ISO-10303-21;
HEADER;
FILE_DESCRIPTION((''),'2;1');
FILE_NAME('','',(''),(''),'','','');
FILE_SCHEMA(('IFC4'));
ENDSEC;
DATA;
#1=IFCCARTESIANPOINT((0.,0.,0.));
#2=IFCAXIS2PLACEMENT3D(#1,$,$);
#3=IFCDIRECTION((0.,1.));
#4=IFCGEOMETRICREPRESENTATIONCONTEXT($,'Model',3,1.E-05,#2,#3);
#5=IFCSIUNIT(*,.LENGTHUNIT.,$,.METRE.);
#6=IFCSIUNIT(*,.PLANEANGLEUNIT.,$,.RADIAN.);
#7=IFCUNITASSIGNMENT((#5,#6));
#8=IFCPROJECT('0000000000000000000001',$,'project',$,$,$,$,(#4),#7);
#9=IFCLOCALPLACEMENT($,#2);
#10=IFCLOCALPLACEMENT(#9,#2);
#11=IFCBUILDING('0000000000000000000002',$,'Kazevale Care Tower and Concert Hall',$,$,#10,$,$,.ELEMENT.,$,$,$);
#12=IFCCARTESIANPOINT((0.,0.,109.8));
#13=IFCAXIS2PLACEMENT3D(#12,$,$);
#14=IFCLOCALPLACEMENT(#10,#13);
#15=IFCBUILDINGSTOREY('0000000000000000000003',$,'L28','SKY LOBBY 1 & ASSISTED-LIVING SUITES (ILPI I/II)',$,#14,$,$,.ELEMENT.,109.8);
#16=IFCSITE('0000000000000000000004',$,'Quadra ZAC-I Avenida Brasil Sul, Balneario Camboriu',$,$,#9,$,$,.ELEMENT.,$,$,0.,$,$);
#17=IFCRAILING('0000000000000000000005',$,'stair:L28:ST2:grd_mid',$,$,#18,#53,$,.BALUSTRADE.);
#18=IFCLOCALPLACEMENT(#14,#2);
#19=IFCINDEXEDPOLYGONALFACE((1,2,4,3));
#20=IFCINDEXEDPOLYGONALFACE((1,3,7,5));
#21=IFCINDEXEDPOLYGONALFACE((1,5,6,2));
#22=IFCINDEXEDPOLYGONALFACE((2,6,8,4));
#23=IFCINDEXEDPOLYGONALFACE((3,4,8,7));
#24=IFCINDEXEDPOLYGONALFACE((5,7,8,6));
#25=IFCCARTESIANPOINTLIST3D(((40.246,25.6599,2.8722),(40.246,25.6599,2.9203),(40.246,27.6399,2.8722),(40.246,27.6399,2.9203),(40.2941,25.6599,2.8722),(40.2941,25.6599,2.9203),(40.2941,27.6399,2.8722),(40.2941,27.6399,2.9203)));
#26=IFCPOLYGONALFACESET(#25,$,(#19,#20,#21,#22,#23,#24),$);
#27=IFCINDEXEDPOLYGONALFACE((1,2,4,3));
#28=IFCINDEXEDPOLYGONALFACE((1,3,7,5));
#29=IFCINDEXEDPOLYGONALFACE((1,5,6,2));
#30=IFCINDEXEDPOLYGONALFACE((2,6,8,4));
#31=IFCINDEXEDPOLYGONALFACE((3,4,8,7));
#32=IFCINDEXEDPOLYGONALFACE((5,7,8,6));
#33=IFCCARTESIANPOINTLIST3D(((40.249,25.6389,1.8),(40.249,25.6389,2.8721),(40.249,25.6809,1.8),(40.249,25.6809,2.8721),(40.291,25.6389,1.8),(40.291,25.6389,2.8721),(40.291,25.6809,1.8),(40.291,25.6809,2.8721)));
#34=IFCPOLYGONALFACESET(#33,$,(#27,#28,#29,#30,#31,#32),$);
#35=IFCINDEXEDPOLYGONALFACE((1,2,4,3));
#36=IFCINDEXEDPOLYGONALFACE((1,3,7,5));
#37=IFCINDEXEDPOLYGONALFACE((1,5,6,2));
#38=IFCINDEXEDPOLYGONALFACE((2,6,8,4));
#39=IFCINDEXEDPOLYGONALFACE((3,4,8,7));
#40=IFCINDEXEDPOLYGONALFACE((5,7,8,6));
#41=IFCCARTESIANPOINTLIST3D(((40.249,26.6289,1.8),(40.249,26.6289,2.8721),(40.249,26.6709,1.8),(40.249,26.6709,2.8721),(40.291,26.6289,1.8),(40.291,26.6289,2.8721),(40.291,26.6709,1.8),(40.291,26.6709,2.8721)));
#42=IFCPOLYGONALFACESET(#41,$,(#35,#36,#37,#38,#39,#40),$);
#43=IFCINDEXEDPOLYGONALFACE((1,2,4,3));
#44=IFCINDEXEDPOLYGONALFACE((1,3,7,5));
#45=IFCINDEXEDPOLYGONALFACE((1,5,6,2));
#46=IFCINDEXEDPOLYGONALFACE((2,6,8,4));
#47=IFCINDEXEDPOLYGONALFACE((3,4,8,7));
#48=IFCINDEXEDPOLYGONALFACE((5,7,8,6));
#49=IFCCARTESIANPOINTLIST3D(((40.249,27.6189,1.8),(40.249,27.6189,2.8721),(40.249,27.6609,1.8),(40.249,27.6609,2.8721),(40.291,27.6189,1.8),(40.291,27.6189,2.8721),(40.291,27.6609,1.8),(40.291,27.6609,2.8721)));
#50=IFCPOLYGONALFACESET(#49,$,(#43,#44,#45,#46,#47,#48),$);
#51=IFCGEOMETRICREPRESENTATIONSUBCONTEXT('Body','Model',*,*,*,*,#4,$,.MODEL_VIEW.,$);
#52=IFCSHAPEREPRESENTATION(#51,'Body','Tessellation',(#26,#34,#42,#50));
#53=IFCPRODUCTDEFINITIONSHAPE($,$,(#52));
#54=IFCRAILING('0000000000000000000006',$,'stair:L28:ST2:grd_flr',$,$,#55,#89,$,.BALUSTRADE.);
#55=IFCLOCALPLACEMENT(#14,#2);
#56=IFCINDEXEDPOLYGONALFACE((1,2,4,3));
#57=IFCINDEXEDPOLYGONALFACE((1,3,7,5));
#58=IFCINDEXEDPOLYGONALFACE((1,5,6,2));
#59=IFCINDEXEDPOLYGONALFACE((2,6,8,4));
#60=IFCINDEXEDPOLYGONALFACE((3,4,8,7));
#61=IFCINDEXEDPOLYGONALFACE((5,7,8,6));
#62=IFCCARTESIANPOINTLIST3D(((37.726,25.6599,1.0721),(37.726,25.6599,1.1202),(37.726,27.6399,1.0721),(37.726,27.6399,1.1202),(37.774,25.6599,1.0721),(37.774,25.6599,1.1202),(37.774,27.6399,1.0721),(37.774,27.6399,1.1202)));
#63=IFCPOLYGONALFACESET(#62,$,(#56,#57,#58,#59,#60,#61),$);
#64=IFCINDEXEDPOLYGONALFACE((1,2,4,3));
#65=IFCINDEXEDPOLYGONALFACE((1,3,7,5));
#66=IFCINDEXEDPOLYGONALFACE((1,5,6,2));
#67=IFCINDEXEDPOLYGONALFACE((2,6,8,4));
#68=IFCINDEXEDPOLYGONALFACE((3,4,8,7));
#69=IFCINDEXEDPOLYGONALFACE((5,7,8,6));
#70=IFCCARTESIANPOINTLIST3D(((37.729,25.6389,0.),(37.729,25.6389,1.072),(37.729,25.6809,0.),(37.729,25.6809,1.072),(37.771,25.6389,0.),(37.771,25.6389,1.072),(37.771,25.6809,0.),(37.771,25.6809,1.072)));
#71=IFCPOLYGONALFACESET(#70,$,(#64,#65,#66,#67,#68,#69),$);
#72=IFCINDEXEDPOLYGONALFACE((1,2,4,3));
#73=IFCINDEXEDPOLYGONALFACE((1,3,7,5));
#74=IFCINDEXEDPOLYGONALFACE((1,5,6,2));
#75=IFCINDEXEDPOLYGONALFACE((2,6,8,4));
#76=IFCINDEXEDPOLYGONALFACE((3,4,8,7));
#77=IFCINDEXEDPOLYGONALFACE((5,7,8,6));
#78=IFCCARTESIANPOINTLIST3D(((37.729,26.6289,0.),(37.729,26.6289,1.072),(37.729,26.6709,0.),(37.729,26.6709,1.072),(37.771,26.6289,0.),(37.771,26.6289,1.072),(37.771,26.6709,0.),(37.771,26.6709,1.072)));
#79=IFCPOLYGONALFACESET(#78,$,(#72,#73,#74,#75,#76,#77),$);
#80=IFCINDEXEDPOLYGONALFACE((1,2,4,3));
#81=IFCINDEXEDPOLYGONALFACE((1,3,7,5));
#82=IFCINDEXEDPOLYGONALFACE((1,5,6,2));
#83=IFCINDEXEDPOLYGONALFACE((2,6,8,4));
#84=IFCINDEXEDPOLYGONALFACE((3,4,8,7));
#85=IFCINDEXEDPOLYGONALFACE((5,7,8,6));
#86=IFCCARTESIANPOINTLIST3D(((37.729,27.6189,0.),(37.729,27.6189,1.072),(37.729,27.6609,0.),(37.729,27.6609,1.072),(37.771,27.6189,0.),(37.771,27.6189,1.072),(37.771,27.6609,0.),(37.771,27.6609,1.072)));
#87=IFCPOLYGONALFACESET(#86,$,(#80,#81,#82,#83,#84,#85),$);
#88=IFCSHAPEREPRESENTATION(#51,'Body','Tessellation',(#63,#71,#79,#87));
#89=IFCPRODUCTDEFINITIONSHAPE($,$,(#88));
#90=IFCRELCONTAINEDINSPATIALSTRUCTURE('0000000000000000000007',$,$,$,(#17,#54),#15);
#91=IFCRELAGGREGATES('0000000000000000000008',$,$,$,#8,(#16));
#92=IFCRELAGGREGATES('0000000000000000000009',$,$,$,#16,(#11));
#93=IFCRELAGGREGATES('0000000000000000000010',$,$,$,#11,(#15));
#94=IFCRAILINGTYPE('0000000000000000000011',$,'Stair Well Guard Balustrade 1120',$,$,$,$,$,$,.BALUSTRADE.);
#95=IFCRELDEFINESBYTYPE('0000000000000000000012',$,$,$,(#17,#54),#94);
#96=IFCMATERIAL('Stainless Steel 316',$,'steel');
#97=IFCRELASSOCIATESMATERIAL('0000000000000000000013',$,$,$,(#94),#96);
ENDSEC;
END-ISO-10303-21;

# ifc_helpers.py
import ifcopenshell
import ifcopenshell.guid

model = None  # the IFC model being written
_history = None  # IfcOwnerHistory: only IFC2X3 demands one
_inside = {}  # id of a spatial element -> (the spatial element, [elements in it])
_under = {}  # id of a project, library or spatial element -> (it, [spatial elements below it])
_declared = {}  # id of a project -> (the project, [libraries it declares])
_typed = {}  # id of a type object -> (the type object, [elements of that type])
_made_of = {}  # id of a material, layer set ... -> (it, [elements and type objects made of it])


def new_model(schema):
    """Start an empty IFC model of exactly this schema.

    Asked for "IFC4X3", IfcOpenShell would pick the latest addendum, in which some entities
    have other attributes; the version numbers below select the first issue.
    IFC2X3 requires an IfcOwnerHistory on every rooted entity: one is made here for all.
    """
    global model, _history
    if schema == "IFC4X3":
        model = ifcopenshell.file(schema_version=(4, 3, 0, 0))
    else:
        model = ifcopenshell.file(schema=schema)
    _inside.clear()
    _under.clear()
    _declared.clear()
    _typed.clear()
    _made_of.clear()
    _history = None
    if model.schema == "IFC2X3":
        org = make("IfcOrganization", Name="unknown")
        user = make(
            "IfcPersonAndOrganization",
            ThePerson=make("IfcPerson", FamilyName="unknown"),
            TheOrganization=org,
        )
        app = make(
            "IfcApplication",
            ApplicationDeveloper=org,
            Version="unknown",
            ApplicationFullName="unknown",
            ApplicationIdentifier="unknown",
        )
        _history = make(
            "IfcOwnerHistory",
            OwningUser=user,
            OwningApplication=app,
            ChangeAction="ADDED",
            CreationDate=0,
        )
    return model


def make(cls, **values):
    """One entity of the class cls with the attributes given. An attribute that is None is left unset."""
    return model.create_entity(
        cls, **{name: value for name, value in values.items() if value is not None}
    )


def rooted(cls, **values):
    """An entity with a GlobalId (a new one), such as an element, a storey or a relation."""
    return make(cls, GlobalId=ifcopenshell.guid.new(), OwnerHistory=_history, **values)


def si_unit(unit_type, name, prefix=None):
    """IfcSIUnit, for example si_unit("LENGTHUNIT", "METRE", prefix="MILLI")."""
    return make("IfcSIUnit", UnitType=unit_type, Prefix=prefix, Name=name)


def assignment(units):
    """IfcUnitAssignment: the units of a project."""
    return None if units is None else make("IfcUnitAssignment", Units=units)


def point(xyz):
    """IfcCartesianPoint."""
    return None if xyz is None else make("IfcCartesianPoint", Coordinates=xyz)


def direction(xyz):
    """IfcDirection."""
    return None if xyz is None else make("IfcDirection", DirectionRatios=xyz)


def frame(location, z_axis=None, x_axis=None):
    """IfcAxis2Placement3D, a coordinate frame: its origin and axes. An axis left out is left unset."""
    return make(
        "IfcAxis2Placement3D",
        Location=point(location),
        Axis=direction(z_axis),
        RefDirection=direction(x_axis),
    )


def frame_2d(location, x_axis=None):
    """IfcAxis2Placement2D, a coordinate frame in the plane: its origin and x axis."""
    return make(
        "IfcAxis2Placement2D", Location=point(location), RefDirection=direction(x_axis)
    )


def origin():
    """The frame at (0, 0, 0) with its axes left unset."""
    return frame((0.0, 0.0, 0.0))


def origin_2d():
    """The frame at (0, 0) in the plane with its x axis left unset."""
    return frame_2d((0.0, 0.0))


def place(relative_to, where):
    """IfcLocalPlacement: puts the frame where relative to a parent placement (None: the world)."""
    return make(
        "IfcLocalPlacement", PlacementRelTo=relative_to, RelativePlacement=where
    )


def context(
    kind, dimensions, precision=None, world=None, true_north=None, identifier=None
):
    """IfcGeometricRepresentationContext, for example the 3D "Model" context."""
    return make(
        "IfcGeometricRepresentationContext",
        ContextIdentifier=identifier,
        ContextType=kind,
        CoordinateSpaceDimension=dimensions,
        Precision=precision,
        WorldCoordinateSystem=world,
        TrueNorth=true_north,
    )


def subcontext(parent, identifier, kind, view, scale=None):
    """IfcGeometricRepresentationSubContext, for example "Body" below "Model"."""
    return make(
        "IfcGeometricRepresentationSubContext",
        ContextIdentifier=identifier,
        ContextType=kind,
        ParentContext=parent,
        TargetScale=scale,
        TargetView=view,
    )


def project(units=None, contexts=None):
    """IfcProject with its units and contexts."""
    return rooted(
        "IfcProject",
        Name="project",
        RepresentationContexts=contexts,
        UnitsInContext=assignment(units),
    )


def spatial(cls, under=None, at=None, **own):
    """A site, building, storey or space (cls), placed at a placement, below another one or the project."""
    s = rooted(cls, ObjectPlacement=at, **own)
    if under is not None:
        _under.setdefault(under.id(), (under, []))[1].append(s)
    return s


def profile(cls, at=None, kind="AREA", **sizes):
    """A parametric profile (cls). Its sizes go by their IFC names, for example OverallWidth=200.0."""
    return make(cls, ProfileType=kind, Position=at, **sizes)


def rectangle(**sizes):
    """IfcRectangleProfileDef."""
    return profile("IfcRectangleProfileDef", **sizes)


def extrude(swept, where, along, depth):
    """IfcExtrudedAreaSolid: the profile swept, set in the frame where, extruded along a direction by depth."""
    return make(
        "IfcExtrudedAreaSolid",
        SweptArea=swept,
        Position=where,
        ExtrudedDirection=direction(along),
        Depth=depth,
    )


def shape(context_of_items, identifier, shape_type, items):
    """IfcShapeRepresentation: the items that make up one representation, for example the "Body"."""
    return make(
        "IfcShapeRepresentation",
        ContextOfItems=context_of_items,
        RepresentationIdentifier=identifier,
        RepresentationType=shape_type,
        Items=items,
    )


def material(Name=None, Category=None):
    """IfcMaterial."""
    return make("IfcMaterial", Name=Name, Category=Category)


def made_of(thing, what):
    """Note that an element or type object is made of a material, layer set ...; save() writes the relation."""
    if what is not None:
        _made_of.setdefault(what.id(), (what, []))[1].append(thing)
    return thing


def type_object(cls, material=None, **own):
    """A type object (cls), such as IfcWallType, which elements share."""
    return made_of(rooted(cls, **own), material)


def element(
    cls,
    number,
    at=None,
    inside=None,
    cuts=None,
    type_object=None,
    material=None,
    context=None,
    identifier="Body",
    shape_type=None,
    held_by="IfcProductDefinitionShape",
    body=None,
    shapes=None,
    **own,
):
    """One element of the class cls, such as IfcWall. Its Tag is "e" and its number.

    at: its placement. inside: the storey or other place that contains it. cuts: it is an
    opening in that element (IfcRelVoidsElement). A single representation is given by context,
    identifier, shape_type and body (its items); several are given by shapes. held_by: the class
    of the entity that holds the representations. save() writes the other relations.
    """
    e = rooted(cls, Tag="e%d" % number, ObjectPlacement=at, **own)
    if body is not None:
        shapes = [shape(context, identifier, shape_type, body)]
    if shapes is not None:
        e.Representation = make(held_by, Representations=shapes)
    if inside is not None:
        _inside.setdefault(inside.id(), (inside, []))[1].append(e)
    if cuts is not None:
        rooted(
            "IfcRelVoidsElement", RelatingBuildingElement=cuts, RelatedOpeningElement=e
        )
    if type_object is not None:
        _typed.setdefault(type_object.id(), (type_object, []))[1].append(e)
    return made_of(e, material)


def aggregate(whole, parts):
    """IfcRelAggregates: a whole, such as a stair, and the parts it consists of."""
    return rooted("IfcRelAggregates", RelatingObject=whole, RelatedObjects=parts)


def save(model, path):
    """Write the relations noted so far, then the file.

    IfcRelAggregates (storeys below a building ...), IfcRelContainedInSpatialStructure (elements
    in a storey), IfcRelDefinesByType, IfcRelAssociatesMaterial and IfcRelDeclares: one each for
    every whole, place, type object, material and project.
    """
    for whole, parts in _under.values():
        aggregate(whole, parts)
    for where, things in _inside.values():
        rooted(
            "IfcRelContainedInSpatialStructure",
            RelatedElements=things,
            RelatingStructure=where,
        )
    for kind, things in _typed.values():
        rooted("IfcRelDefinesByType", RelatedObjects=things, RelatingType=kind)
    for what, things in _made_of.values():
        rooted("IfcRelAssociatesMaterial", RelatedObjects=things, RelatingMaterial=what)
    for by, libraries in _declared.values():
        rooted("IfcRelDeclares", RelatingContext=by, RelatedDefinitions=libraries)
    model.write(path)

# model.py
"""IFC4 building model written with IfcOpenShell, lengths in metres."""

from ifc_helpers import new_model, si_unit, direction, frame, origin, origin_2d, place, context, subcontext, project, spatial, rectangle, extrude, material, type_object, element, save


model = new_model("IFC4")

# Units and contexts
model_context = context("Model", 3, precision=1e-05, world=origin(), true_north=direction((0.0, 1.0)))
body_context = subcontext(model_context, "Body", "Model", "MODEL_VIEW")
ifc_project = project(units=[si_unit("LENGTHUNIT", "METRE"), si_unit("PLANEANGLEUNIT", "RADIAN")], contexts=[model_context])

# Site, building, storey
site_placement = place(None, origin())
site = spatial("IfcSite", under=ifc_project, at=site_placement, Name="Quadra ZAC-I Avenida Brasil Sul, Balneario Camboriu", CompositionType="ELEMENT", RefElevation=0.0)
building_placement = place(site_placement, origin())
building = spatial("IfcBuilding", under=site, at=building_placement, Name="Kazevale Care Tower and Concert Hall", CompositionType="ELEMENT")
storey_placement = place(building_placement, frame((0.0, 0.0, 109.8)))
storey = spatial("IfcBuildingStorey", under=building, at=storey_placement, Name="L28", Description="SKY LOBBY 1 & ASSISTED-LIVING SUITES (ILPI I/II)", CompositionType="ELEMENT", Elevation=109.8)

# Railings
ifc_material_1 = material(Name="Stainless Steel 316", Category="steel")
railing_type_1 = type_object("IfcRailingType", Name="Stair Well Guard Balustrade 1120", PredefinedType="BALUSTRADE", material=ifc_material_1)
for number, where, name in (
    (1, (40.27, 25.6599, 1.8), "stair:L28:ST2:grd_mid"),
    (2, (37.75, 25.6599, 0.0), "stair:L28:ST2:grd_flr"),
):
    element("IfcRailing", number, at=place(storey_placement, frame(where)), inside=storey, type_object=railing_type_1, Name=name, PredefinedType="BALUSTRADE", context=body_context, shape_type="SweptSolid", body=[
        extrude(rectangle(XDim=0.0481, YDim=0.0481, at=origin_2d()), frame((0.0, 0.0, 1.0962), z_axis=(0.0, 1.0, 0.0), x_axis=(-1.0, 0.0, 0.0)), (0.0, 0.0, 1.0), 1.98),
        extrude(rectangle(XDim=0.042, YDim=0.042, at=origin_2d()), origin(), (0.0, 0.0, 1.0), 1.072),
        extrude(rectangle(XDim=0.042, YDim=0.042, at=origin_2d()), frame((0.0, 0.99, 0.0)), (0.0, 0.0, 1.0), 1.072),
        extrude(rectangle(XDim=0.042, YDim=0.042, at=origin_2d()), frame((0.0, 1.98, 0.0)), (0.0, 0.0, 1.0), 1.072),
    ])

save(model, "model.ifc")
